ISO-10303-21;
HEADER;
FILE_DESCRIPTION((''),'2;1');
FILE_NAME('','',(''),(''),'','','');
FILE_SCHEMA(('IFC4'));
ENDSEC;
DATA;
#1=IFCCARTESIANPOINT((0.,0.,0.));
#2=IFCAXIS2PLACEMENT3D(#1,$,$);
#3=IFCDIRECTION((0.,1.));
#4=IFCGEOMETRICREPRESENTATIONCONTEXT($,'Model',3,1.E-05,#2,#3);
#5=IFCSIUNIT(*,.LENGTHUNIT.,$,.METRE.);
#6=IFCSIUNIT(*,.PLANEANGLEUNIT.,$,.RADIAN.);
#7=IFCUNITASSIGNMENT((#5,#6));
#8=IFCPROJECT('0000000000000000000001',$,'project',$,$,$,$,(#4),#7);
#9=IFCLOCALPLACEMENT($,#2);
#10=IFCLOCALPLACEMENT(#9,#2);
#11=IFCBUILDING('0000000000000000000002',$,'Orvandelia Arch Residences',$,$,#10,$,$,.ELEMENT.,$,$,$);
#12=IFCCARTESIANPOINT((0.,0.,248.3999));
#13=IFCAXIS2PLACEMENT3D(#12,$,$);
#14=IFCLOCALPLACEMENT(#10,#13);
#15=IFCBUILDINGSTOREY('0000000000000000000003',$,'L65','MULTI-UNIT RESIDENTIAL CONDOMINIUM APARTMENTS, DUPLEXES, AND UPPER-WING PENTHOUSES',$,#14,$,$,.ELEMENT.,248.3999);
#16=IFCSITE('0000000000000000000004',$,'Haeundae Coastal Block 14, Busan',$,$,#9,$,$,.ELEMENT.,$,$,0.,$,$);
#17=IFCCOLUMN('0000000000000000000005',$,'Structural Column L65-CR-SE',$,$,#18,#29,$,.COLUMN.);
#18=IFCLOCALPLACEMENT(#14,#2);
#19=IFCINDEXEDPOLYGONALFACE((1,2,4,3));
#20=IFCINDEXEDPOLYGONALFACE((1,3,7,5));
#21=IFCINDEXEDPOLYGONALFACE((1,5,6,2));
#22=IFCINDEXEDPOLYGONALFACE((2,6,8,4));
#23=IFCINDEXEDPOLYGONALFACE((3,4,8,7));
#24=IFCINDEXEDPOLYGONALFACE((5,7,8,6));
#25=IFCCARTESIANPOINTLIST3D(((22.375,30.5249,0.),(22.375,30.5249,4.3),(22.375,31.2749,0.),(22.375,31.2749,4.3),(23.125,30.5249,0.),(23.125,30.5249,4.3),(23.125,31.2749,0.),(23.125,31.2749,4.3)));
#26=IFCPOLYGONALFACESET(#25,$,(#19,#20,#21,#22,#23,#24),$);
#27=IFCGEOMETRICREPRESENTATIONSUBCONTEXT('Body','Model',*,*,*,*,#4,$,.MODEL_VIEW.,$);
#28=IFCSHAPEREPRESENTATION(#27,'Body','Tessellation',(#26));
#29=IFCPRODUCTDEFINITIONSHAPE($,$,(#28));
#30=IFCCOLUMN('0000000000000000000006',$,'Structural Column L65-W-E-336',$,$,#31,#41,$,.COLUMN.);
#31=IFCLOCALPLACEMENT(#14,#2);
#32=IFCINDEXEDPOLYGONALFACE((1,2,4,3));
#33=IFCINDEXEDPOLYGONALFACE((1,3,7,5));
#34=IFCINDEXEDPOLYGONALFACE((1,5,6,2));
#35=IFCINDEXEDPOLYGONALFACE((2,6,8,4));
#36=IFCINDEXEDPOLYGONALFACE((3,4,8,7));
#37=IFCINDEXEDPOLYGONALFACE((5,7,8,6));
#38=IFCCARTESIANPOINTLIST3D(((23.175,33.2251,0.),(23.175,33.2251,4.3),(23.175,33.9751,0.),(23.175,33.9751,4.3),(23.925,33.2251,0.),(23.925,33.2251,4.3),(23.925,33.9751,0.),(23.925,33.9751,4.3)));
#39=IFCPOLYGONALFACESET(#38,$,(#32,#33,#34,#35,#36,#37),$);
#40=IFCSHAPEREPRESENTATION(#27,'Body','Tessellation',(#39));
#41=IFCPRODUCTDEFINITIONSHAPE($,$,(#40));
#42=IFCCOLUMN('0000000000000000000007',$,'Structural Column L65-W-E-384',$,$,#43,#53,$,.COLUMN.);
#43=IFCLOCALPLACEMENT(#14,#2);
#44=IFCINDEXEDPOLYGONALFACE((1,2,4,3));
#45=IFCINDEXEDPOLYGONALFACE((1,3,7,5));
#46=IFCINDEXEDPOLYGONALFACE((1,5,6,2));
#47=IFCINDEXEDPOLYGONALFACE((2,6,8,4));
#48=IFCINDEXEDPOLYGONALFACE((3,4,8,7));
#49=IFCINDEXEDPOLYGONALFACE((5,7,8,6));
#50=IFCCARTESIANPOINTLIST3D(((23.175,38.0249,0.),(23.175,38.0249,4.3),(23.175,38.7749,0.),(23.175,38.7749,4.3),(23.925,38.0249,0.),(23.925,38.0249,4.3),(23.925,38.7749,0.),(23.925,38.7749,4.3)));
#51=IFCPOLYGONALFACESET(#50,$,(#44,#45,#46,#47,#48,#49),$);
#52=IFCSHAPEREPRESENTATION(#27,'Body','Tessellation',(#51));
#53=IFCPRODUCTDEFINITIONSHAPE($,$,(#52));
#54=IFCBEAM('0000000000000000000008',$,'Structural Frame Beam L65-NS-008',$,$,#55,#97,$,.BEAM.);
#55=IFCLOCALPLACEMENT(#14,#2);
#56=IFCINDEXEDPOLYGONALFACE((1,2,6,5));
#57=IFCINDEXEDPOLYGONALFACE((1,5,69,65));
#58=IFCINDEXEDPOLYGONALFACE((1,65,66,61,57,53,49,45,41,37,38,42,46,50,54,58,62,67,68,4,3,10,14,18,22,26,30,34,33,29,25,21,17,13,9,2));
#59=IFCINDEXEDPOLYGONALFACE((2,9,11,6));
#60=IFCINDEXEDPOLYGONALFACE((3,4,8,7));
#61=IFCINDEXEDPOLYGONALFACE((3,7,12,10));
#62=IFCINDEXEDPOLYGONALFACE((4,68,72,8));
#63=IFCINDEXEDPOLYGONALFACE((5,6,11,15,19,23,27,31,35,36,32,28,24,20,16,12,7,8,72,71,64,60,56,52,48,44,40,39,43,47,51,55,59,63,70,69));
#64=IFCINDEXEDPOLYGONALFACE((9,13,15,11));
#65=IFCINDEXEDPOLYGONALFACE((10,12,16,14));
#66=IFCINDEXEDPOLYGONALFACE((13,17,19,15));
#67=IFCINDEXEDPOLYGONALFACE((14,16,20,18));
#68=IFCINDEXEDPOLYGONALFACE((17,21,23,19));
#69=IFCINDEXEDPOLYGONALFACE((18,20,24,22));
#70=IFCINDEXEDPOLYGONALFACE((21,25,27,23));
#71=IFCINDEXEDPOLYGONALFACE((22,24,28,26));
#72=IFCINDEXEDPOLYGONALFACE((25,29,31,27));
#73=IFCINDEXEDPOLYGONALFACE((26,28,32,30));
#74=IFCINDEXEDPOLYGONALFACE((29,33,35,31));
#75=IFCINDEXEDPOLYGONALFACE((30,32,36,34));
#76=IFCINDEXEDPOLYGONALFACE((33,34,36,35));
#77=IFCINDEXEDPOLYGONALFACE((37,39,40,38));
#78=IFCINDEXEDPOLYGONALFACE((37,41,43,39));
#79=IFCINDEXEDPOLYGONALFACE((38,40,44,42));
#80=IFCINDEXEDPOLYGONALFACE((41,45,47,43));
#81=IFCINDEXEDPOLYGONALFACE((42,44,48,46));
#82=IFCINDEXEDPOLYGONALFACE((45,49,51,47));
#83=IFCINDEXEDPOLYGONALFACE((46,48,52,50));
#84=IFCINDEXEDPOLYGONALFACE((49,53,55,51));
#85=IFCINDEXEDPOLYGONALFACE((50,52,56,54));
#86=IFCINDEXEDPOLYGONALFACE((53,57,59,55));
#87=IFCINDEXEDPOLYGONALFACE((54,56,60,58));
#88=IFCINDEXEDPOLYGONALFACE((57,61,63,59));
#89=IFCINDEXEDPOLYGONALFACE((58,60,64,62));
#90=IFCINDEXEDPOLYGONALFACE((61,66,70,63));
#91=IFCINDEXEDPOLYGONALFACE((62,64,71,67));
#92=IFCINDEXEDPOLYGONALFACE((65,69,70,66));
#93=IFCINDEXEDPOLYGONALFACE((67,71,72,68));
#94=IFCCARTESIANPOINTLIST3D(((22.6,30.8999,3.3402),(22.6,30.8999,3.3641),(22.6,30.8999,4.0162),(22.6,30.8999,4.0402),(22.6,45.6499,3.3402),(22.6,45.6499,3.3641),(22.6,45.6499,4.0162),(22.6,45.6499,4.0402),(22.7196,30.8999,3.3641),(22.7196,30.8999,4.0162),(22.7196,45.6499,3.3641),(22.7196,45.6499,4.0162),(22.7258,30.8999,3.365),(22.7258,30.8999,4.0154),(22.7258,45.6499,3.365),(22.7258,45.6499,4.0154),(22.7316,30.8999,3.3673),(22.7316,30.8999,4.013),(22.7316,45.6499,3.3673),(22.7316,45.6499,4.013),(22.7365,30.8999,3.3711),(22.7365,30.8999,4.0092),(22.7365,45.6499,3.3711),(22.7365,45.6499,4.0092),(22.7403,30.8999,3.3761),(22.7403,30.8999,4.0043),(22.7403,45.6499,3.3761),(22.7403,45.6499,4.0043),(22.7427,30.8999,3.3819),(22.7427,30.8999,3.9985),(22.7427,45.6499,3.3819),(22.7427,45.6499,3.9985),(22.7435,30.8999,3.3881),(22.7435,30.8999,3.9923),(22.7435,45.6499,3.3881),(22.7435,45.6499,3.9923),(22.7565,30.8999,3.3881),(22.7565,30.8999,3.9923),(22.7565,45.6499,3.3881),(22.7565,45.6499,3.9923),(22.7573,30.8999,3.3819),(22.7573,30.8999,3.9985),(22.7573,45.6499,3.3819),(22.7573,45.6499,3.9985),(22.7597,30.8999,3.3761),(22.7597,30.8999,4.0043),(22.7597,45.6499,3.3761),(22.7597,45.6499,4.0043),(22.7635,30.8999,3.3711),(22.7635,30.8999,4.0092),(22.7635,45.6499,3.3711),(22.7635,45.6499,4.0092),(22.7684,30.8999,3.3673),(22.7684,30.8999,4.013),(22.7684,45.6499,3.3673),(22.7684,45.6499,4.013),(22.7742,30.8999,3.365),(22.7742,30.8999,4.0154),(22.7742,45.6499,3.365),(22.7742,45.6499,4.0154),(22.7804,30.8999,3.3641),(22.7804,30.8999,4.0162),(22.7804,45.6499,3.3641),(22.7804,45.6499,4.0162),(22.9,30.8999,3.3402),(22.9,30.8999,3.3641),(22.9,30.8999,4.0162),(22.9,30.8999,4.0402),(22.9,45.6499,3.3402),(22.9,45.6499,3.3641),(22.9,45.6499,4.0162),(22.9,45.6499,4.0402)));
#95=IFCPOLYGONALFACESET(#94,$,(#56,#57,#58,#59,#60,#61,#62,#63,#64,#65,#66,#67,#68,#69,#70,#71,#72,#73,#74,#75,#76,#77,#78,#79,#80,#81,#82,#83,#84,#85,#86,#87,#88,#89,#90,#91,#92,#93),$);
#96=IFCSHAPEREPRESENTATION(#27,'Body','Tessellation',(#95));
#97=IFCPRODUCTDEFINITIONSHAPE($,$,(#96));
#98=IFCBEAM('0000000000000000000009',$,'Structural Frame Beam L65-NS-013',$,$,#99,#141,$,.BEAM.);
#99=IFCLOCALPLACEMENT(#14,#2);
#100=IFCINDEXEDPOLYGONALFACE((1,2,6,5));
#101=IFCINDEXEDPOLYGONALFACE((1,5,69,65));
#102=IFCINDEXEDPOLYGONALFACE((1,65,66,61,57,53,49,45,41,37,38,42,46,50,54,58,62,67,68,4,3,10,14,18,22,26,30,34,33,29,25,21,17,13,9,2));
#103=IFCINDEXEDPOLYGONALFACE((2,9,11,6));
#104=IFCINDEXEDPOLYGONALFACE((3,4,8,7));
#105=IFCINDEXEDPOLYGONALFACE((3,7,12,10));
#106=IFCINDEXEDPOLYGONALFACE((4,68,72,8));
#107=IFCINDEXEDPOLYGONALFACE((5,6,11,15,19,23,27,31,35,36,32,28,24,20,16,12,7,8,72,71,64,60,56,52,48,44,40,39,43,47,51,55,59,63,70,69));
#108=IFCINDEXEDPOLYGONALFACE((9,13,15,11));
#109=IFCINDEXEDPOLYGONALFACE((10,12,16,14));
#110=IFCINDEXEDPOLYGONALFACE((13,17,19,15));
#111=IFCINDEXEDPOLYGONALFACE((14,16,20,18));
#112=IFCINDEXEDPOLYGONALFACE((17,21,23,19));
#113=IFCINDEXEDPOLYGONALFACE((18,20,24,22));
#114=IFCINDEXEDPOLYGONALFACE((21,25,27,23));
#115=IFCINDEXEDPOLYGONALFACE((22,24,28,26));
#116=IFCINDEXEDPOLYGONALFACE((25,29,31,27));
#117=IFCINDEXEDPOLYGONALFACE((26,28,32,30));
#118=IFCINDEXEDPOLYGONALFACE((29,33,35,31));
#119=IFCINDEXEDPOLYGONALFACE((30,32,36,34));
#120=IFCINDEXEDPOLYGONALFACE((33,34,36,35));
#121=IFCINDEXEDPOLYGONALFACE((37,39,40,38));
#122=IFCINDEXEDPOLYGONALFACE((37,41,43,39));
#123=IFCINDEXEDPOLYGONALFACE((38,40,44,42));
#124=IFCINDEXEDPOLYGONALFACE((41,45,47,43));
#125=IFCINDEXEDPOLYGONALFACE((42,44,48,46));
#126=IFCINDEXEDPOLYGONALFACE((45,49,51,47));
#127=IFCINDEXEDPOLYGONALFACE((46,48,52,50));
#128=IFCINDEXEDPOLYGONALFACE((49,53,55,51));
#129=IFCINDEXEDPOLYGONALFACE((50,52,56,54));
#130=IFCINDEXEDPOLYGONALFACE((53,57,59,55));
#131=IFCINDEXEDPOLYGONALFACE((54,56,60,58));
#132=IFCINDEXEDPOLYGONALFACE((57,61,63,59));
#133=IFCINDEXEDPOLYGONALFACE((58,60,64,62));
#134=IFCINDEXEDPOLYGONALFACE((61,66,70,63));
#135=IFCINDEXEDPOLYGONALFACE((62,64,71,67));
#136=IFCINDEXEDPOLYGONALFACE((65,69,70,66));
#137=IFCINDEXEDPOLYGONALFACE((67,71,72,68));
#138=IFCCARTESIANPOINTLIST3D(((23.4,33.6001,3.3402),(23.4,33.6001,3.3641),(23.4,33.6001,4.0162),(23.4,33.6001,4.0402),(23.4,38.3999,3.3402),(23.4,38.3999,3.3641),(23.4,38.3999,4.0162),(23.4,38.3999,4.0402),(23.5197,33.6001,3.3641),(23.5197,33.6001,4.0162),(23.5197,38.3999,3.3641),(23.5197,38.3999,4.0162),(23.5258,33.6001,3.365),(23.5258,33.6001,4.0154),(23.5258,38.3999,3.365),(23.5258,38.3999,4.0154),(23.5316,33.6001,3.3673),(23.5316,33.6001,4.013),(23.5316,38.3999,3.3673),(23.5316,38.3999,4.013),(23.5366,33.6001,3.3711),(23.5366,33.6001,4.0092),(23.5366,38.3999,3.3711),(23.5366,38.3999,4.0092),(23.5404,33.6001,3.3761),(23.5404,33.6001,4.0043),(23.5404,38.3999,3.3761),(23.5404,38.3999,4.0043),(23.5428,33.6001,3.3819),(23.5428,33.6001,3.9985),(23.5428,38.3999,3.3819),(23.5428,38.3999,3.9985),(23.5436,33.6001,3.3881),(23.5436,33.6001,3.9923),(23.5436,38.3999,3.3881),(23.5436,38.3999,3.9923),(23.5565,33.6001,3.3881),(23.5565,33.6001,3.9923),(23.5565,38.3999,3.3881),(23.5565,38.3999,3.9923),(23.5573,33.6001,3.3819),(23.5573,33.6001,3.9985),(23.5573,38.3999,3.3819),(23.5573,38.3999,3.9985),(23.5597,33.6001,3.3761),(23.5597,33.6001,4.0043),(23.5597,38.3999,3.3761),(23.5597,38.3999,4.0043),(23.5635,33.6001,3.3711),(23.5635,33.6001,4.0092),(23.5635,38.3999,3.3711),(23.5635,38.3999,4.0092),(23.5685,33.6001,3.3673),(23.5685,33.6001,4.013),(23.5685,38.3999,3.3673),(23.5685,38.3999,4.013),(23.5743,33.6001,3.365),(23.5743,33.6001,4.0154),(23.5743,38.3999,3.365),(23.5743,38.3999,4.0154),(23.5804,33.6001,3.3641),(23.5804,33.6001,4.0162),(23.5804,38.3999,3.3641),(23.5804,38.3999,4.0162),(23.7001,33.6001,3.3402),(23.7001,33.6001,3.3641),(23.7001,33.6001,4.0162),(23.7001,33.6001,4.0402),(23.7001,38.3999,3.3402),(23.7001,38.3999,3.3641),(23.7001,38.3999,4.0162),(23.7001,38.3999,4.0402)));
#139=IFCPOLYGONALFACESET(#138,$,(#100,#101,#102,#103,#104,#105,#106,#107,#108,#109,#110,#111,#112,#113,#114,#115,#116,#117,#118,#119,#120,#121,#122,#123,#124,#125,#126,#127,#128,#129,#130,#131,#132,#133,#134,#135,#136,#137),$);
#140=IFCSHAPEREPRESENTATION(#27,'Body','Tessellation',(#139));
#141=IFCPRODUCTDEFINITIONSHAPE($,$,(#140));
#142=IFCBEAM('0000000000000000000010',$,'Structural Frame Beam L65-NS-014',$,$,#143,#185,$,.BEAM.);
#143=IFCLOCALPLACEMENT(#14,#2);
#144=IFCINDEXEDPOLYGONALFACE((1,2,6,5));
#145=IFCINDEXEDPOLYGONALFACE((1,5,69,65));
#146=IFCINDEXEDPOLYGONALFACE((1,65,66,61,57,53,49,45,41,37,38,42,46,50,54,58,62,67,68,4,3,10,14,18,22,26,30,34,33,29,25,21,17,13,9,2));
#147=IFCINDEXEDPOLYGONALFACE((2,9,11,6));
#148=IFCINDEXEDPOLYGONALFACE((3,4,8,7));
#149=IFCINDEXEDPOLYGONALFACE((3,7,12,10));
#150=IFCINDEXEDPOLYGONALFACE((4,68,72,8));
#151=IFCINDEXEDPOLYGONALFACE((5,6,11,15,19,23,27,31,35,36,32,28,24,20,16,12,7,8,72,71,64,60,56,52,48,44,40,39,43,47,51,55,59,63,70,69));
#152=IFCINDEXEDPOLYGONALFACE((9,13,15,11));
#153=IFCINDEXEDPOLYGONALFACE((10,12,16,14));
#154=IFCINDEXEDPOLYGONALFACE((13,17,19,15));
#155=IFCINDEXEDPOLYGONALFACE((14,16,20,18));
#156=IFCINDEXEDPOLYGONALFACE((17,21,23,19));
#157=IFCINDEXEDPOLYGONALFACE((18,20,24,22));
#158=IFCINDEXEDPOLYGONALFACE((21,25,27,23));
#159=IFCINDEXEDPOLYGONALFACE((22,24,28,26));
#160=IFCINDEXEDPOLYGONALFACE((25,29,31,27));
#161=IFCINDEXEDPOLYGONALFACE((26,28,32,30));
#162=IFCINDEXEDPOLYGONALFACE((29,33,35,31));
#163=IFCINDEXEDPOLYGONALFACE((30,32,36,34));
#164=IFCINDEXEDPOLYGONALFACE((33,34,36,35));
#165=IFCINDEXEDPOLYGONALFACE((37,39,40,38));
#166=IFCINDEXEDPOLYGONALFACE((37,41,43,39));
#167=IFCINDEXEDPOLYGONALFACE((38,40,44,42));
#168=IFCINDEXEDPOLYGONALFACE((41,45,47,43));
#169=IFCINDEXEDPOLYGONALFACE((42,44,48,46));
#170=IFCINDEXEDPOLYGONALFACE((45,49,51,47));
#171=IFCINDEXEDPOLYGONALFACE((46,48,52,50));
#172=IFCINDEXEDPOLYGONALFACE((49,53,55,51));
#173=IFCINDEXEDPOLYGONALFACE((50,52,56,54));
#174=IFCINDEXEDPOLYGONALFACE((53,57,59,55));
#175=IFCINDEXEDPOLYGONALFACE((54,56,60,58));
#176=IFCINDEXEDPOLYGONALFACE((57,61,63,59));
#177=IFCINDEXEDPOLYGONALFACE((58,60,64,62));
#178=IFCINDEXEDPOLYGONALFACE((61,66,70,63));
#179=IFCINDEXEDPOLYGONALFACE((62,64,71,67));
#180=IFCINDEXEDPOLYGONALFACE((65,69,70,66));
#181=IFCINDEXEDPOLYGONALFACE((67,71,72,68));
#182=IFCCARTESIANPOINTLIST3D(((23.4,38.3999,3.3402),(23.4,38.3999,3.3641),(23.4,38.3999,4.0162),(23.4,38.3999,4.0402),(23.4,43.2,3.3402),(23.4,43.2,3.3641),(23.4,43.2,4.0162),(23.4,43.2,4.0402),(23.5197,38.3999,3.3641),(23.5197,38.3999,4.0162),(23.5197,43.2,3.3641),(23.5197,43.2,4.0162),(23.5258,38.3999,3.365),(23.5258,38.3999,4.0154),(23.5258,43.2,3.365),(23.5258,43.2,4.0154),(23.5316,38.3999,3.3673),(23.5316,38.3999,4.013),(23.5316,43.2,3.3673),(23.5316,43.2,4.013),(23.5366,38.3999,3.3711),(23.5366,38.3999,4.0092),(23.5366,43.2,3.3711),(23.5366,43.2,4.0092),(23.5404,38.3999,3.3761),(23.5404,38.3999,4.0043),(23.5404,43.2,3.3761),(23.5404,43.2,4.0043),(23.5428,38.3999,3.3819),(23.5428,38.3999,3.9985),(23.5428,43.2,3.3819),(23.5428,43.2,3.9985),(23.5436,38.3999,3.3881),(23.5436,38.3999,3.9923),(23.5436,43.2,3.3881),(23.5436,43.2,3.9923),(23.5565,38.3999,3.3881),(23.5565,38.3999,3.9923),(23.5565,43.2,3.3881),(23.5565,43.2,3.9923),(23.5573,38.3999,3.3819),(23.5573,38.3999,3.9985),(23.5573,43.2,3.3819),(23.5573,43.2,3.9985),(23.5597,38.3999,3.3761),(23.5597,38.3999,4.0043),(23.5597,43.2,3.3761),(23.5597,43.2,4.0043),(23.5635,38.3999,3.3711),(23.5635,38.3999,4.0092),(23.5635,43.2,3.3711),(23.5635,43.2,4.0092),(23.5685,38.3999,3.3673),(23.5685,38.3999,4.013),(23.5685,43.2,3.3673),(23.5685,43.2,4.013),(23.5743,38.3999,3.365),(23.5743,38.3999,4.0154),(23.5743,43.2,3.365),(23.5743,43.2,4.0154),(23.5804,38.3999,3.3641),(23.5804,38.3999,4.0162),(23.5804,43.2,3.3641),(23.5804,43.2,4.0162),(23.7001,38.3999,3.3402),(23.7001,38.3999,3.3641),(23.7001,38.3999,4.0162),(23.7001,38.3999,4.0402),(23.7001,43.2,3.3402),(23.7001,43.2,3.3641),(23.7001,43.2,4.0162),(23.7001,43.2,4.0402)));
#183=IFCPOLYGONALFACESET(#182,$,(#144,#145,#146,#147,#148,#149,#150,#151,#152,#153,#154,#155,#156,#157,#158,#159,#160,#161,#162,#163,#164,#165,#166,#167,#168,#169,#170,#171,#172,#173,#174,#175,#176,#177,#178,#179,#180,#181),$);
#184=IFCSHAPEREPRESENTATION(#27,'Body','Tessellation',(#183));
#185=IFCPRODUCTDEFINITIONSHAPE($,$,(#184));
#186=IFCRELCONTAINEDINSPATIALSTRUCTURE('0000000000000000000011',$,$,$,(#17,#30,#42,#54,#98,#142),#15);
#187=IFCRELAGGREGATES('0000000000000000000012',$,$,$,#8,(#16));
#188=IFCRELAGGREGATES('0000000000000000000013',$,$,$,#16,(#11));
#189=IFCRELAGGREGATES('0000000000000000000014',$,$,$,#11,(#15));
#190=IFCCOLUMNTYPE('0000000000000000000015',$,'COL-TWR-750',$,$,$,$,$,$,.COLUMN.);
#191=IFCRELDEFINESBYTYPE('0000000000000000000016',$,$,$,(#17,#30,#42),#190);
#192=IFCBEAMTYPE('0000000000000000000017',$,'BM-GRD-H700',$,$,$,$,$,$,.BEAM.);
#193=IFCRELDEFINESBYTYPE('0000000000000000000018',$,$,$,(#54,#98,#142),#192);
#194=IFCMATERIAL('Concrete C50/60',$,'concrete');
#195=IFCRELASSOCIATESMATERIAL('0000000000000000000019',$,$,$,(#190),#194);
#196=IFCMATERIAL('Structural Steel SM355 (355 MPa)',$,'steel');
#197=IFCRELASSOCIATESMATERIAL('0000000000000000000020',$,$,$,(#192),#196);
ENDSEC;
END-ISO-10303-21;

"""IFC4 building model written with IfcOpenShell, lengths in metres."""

from ifc_helpers import new_model, si_unit, direction, frame, origin, origin_2d, place, context, subcontext, project, spatial, rectangle, i_section, extrude, material, material_profile, profile_set, type_object, element, save


model = new_model("IFC4")

# Units and contexts
model_context = context("Model", 3, precision=1e-05, world=origin(), true_north=direction((0.0, 1.0)))
body_context = subcontext(model_context, "Body", "Model", "MODEL_VIEW")
ifc_project = project(units=[si_unit("LENGTHUNIT", "METRE"), si_unit("PLANEANGLEUNIT", "RADIAN")], contexts=[model_context])

# Site, building, storey
site_placement = place(None, origin())
site = spatial("IfcSite", under=ifc_project, at=site_placement, Name="Haeundae Coastal Block 14, Busan", CompositionType="ELEMENT", RefElevation=0.0)
building_placement = place(site_placement, origin())
building = spatial("IfcBuilding", under=site, at=building_placement, Name="Orvandelia Arch Residences", CompositionType="ELEMENT")
storey_placement = place(building_placement, frame((0.0, 0.0, 248.3999)))
storey = spatial("IfcBuildingStorey", under=building, at=storey_placement, Name="L65", Description="MULTI-UNIT RESIDENTIAL CONDOMINIUM APARTMENTS, DUPLEXES, AND UPPER-WING PENTHOUSES", CompositionType="ELEMENT", Elevation=248.3999)

# Columns
ifc_material_1 = material(Name="Concrete C50/60", Category="concrete")
ifc_material_profile_1 = material_profile(ifc_material_1, rectangle(XDim=0.75, YDim=0.75, at=origin_2d()), Name="Concrete C50/60", Category="concrete")
ifc_profile_set_1 = profile_set([ifc_material_profile_1], Name="Concrete C50/60")
column_type = type_object("IfcColumnType", Name="COL-TWR-750", PredefinedType="COLUMN", material=ifc_profile_set_1)
for number, where, z_axis, x_axis, name in (
    (1, (22.75, 30.8999, 0.0), (0.0, 0.0, 1.0), (1.0, 0.0, 0.0), "Structural Column L65-CR-SE"),
    (2, (23.55, 33.6001, 0.0), (0.0, 0.0, 1.0), (1.0, 0.0, 0.0), "Structural Column L65-W-E-336"),
    (3, (23.55, 38.3999, 0.0), (0.0, 0.0, 1.0), (1.0, 0.0, 0.0), "Structural Column L65-W-E-384"),
):
    element("IfcColumn", number, at=place(storey_placement, frame(where, z_axis=z_axis, x_axis=x_axis)), inside=storey, type_object=column_type, Name=name, PredefinedType="COLUMN", context=body_context, shape_type="SweptSolid", body=[
        extrude(rectangle(XDim=0.75, YDim=0.75, at=origin_2d()), origin(), (0.0, 0.0, 1.0), 4.3),
    ])

# Beams
ifc_material_2 = material(Name="Structural Steel SM355 (355 MPa)", Category="steel")
ifc_material_profile_2 = material_profile(ifc_material_2, i_section(OverallWidth=0.3, OverallDepth=0.7, WebThickness=0.0129, FlangeThickness=0.0239, FilletRadius=0.0239, at=origin_2d()), Name="Structural Steel SM355 (355 MPa)", Category="steel")
ifc_profile_set_2 = profile_set([ifc_material_profile_2], Name="Structural Steel SM355 (355 MPa)")
beam_type = type_object("IfcBeamType", Name="BM-GRD-H700", PredefinedType="BEAM", material=ifc_profile_set_2)
beam_1_placement = place(storey_placement, frame((22.75, 30.8999, 3.6902), z_axis=(0.0, 1.0, 0.0), x_axis=(-1.0, 0.0, 0.0)))
element("IfcBeam", 4, at=beam_1_placement, inside=storey, type_object=beam_type, Name="Structural Frame Beam L65-NS-008", PredefinedType="BEAM", context=body_context, shape_type="SweptSolid", body=[
    extrude(i_section(OverallWidth=0.3, OverallDepth=0.7, WebThickness=0.0129, FlangeThickness=0.0239, FilletRadius=0.0239, at=origin_2d()), origin(), (0.0, 0.0, 1.0), 14.75),
])
beam_2_placement = place(storey_placement, frame((23.55, 33.6001, 3.6902), z_axis=(0.0, 1.0, 0.0), x_axis=(-1.0, 0.0, 0.0)))
element("IfcBeam", 5, at=beam_2_placement, inside=storey, type_object=beam_type, Name="Structural Frame Beam L65-NS-013", PredefinedType="BEAM", context=body_context, shape_type="SweptSolid", body=[
    extrude(i_section(OverallWidth=0.3, OverallDepth=0.7, WebThickness=0.0129, FlangeThickness=0.0239, FilletRadius=0.0239, at=origin_2d()), origin(), (0.0, 0.0, 1.0), 4.7998),
])
beam_3_placement = place(storey_placement, frame((23.55, 38.3999, 3.6902), z_axis=(0.0, 1.0, 0.0), x_axis=(-1.0, 0.0, 0.0)))
element("IfcBeam", 6, at=beam_3_placement, inside=storey, type_object=beam_type, Name="Structural Frame Beam L65-NS-014", PredefinedType="BEAM", context=body_context, shape_type="SweptSolid", body=[
    extrude(i_section(OverallWidth=0.3, OverallDepth=0.7, WebThickness=0.0129, FlangeThickness=0.0239, FilletRadius=0.0239, at=origin_2d()), origin(), (0.0, 0.0, 1.0), 4.8),
])

save(model, "model.ifc")
